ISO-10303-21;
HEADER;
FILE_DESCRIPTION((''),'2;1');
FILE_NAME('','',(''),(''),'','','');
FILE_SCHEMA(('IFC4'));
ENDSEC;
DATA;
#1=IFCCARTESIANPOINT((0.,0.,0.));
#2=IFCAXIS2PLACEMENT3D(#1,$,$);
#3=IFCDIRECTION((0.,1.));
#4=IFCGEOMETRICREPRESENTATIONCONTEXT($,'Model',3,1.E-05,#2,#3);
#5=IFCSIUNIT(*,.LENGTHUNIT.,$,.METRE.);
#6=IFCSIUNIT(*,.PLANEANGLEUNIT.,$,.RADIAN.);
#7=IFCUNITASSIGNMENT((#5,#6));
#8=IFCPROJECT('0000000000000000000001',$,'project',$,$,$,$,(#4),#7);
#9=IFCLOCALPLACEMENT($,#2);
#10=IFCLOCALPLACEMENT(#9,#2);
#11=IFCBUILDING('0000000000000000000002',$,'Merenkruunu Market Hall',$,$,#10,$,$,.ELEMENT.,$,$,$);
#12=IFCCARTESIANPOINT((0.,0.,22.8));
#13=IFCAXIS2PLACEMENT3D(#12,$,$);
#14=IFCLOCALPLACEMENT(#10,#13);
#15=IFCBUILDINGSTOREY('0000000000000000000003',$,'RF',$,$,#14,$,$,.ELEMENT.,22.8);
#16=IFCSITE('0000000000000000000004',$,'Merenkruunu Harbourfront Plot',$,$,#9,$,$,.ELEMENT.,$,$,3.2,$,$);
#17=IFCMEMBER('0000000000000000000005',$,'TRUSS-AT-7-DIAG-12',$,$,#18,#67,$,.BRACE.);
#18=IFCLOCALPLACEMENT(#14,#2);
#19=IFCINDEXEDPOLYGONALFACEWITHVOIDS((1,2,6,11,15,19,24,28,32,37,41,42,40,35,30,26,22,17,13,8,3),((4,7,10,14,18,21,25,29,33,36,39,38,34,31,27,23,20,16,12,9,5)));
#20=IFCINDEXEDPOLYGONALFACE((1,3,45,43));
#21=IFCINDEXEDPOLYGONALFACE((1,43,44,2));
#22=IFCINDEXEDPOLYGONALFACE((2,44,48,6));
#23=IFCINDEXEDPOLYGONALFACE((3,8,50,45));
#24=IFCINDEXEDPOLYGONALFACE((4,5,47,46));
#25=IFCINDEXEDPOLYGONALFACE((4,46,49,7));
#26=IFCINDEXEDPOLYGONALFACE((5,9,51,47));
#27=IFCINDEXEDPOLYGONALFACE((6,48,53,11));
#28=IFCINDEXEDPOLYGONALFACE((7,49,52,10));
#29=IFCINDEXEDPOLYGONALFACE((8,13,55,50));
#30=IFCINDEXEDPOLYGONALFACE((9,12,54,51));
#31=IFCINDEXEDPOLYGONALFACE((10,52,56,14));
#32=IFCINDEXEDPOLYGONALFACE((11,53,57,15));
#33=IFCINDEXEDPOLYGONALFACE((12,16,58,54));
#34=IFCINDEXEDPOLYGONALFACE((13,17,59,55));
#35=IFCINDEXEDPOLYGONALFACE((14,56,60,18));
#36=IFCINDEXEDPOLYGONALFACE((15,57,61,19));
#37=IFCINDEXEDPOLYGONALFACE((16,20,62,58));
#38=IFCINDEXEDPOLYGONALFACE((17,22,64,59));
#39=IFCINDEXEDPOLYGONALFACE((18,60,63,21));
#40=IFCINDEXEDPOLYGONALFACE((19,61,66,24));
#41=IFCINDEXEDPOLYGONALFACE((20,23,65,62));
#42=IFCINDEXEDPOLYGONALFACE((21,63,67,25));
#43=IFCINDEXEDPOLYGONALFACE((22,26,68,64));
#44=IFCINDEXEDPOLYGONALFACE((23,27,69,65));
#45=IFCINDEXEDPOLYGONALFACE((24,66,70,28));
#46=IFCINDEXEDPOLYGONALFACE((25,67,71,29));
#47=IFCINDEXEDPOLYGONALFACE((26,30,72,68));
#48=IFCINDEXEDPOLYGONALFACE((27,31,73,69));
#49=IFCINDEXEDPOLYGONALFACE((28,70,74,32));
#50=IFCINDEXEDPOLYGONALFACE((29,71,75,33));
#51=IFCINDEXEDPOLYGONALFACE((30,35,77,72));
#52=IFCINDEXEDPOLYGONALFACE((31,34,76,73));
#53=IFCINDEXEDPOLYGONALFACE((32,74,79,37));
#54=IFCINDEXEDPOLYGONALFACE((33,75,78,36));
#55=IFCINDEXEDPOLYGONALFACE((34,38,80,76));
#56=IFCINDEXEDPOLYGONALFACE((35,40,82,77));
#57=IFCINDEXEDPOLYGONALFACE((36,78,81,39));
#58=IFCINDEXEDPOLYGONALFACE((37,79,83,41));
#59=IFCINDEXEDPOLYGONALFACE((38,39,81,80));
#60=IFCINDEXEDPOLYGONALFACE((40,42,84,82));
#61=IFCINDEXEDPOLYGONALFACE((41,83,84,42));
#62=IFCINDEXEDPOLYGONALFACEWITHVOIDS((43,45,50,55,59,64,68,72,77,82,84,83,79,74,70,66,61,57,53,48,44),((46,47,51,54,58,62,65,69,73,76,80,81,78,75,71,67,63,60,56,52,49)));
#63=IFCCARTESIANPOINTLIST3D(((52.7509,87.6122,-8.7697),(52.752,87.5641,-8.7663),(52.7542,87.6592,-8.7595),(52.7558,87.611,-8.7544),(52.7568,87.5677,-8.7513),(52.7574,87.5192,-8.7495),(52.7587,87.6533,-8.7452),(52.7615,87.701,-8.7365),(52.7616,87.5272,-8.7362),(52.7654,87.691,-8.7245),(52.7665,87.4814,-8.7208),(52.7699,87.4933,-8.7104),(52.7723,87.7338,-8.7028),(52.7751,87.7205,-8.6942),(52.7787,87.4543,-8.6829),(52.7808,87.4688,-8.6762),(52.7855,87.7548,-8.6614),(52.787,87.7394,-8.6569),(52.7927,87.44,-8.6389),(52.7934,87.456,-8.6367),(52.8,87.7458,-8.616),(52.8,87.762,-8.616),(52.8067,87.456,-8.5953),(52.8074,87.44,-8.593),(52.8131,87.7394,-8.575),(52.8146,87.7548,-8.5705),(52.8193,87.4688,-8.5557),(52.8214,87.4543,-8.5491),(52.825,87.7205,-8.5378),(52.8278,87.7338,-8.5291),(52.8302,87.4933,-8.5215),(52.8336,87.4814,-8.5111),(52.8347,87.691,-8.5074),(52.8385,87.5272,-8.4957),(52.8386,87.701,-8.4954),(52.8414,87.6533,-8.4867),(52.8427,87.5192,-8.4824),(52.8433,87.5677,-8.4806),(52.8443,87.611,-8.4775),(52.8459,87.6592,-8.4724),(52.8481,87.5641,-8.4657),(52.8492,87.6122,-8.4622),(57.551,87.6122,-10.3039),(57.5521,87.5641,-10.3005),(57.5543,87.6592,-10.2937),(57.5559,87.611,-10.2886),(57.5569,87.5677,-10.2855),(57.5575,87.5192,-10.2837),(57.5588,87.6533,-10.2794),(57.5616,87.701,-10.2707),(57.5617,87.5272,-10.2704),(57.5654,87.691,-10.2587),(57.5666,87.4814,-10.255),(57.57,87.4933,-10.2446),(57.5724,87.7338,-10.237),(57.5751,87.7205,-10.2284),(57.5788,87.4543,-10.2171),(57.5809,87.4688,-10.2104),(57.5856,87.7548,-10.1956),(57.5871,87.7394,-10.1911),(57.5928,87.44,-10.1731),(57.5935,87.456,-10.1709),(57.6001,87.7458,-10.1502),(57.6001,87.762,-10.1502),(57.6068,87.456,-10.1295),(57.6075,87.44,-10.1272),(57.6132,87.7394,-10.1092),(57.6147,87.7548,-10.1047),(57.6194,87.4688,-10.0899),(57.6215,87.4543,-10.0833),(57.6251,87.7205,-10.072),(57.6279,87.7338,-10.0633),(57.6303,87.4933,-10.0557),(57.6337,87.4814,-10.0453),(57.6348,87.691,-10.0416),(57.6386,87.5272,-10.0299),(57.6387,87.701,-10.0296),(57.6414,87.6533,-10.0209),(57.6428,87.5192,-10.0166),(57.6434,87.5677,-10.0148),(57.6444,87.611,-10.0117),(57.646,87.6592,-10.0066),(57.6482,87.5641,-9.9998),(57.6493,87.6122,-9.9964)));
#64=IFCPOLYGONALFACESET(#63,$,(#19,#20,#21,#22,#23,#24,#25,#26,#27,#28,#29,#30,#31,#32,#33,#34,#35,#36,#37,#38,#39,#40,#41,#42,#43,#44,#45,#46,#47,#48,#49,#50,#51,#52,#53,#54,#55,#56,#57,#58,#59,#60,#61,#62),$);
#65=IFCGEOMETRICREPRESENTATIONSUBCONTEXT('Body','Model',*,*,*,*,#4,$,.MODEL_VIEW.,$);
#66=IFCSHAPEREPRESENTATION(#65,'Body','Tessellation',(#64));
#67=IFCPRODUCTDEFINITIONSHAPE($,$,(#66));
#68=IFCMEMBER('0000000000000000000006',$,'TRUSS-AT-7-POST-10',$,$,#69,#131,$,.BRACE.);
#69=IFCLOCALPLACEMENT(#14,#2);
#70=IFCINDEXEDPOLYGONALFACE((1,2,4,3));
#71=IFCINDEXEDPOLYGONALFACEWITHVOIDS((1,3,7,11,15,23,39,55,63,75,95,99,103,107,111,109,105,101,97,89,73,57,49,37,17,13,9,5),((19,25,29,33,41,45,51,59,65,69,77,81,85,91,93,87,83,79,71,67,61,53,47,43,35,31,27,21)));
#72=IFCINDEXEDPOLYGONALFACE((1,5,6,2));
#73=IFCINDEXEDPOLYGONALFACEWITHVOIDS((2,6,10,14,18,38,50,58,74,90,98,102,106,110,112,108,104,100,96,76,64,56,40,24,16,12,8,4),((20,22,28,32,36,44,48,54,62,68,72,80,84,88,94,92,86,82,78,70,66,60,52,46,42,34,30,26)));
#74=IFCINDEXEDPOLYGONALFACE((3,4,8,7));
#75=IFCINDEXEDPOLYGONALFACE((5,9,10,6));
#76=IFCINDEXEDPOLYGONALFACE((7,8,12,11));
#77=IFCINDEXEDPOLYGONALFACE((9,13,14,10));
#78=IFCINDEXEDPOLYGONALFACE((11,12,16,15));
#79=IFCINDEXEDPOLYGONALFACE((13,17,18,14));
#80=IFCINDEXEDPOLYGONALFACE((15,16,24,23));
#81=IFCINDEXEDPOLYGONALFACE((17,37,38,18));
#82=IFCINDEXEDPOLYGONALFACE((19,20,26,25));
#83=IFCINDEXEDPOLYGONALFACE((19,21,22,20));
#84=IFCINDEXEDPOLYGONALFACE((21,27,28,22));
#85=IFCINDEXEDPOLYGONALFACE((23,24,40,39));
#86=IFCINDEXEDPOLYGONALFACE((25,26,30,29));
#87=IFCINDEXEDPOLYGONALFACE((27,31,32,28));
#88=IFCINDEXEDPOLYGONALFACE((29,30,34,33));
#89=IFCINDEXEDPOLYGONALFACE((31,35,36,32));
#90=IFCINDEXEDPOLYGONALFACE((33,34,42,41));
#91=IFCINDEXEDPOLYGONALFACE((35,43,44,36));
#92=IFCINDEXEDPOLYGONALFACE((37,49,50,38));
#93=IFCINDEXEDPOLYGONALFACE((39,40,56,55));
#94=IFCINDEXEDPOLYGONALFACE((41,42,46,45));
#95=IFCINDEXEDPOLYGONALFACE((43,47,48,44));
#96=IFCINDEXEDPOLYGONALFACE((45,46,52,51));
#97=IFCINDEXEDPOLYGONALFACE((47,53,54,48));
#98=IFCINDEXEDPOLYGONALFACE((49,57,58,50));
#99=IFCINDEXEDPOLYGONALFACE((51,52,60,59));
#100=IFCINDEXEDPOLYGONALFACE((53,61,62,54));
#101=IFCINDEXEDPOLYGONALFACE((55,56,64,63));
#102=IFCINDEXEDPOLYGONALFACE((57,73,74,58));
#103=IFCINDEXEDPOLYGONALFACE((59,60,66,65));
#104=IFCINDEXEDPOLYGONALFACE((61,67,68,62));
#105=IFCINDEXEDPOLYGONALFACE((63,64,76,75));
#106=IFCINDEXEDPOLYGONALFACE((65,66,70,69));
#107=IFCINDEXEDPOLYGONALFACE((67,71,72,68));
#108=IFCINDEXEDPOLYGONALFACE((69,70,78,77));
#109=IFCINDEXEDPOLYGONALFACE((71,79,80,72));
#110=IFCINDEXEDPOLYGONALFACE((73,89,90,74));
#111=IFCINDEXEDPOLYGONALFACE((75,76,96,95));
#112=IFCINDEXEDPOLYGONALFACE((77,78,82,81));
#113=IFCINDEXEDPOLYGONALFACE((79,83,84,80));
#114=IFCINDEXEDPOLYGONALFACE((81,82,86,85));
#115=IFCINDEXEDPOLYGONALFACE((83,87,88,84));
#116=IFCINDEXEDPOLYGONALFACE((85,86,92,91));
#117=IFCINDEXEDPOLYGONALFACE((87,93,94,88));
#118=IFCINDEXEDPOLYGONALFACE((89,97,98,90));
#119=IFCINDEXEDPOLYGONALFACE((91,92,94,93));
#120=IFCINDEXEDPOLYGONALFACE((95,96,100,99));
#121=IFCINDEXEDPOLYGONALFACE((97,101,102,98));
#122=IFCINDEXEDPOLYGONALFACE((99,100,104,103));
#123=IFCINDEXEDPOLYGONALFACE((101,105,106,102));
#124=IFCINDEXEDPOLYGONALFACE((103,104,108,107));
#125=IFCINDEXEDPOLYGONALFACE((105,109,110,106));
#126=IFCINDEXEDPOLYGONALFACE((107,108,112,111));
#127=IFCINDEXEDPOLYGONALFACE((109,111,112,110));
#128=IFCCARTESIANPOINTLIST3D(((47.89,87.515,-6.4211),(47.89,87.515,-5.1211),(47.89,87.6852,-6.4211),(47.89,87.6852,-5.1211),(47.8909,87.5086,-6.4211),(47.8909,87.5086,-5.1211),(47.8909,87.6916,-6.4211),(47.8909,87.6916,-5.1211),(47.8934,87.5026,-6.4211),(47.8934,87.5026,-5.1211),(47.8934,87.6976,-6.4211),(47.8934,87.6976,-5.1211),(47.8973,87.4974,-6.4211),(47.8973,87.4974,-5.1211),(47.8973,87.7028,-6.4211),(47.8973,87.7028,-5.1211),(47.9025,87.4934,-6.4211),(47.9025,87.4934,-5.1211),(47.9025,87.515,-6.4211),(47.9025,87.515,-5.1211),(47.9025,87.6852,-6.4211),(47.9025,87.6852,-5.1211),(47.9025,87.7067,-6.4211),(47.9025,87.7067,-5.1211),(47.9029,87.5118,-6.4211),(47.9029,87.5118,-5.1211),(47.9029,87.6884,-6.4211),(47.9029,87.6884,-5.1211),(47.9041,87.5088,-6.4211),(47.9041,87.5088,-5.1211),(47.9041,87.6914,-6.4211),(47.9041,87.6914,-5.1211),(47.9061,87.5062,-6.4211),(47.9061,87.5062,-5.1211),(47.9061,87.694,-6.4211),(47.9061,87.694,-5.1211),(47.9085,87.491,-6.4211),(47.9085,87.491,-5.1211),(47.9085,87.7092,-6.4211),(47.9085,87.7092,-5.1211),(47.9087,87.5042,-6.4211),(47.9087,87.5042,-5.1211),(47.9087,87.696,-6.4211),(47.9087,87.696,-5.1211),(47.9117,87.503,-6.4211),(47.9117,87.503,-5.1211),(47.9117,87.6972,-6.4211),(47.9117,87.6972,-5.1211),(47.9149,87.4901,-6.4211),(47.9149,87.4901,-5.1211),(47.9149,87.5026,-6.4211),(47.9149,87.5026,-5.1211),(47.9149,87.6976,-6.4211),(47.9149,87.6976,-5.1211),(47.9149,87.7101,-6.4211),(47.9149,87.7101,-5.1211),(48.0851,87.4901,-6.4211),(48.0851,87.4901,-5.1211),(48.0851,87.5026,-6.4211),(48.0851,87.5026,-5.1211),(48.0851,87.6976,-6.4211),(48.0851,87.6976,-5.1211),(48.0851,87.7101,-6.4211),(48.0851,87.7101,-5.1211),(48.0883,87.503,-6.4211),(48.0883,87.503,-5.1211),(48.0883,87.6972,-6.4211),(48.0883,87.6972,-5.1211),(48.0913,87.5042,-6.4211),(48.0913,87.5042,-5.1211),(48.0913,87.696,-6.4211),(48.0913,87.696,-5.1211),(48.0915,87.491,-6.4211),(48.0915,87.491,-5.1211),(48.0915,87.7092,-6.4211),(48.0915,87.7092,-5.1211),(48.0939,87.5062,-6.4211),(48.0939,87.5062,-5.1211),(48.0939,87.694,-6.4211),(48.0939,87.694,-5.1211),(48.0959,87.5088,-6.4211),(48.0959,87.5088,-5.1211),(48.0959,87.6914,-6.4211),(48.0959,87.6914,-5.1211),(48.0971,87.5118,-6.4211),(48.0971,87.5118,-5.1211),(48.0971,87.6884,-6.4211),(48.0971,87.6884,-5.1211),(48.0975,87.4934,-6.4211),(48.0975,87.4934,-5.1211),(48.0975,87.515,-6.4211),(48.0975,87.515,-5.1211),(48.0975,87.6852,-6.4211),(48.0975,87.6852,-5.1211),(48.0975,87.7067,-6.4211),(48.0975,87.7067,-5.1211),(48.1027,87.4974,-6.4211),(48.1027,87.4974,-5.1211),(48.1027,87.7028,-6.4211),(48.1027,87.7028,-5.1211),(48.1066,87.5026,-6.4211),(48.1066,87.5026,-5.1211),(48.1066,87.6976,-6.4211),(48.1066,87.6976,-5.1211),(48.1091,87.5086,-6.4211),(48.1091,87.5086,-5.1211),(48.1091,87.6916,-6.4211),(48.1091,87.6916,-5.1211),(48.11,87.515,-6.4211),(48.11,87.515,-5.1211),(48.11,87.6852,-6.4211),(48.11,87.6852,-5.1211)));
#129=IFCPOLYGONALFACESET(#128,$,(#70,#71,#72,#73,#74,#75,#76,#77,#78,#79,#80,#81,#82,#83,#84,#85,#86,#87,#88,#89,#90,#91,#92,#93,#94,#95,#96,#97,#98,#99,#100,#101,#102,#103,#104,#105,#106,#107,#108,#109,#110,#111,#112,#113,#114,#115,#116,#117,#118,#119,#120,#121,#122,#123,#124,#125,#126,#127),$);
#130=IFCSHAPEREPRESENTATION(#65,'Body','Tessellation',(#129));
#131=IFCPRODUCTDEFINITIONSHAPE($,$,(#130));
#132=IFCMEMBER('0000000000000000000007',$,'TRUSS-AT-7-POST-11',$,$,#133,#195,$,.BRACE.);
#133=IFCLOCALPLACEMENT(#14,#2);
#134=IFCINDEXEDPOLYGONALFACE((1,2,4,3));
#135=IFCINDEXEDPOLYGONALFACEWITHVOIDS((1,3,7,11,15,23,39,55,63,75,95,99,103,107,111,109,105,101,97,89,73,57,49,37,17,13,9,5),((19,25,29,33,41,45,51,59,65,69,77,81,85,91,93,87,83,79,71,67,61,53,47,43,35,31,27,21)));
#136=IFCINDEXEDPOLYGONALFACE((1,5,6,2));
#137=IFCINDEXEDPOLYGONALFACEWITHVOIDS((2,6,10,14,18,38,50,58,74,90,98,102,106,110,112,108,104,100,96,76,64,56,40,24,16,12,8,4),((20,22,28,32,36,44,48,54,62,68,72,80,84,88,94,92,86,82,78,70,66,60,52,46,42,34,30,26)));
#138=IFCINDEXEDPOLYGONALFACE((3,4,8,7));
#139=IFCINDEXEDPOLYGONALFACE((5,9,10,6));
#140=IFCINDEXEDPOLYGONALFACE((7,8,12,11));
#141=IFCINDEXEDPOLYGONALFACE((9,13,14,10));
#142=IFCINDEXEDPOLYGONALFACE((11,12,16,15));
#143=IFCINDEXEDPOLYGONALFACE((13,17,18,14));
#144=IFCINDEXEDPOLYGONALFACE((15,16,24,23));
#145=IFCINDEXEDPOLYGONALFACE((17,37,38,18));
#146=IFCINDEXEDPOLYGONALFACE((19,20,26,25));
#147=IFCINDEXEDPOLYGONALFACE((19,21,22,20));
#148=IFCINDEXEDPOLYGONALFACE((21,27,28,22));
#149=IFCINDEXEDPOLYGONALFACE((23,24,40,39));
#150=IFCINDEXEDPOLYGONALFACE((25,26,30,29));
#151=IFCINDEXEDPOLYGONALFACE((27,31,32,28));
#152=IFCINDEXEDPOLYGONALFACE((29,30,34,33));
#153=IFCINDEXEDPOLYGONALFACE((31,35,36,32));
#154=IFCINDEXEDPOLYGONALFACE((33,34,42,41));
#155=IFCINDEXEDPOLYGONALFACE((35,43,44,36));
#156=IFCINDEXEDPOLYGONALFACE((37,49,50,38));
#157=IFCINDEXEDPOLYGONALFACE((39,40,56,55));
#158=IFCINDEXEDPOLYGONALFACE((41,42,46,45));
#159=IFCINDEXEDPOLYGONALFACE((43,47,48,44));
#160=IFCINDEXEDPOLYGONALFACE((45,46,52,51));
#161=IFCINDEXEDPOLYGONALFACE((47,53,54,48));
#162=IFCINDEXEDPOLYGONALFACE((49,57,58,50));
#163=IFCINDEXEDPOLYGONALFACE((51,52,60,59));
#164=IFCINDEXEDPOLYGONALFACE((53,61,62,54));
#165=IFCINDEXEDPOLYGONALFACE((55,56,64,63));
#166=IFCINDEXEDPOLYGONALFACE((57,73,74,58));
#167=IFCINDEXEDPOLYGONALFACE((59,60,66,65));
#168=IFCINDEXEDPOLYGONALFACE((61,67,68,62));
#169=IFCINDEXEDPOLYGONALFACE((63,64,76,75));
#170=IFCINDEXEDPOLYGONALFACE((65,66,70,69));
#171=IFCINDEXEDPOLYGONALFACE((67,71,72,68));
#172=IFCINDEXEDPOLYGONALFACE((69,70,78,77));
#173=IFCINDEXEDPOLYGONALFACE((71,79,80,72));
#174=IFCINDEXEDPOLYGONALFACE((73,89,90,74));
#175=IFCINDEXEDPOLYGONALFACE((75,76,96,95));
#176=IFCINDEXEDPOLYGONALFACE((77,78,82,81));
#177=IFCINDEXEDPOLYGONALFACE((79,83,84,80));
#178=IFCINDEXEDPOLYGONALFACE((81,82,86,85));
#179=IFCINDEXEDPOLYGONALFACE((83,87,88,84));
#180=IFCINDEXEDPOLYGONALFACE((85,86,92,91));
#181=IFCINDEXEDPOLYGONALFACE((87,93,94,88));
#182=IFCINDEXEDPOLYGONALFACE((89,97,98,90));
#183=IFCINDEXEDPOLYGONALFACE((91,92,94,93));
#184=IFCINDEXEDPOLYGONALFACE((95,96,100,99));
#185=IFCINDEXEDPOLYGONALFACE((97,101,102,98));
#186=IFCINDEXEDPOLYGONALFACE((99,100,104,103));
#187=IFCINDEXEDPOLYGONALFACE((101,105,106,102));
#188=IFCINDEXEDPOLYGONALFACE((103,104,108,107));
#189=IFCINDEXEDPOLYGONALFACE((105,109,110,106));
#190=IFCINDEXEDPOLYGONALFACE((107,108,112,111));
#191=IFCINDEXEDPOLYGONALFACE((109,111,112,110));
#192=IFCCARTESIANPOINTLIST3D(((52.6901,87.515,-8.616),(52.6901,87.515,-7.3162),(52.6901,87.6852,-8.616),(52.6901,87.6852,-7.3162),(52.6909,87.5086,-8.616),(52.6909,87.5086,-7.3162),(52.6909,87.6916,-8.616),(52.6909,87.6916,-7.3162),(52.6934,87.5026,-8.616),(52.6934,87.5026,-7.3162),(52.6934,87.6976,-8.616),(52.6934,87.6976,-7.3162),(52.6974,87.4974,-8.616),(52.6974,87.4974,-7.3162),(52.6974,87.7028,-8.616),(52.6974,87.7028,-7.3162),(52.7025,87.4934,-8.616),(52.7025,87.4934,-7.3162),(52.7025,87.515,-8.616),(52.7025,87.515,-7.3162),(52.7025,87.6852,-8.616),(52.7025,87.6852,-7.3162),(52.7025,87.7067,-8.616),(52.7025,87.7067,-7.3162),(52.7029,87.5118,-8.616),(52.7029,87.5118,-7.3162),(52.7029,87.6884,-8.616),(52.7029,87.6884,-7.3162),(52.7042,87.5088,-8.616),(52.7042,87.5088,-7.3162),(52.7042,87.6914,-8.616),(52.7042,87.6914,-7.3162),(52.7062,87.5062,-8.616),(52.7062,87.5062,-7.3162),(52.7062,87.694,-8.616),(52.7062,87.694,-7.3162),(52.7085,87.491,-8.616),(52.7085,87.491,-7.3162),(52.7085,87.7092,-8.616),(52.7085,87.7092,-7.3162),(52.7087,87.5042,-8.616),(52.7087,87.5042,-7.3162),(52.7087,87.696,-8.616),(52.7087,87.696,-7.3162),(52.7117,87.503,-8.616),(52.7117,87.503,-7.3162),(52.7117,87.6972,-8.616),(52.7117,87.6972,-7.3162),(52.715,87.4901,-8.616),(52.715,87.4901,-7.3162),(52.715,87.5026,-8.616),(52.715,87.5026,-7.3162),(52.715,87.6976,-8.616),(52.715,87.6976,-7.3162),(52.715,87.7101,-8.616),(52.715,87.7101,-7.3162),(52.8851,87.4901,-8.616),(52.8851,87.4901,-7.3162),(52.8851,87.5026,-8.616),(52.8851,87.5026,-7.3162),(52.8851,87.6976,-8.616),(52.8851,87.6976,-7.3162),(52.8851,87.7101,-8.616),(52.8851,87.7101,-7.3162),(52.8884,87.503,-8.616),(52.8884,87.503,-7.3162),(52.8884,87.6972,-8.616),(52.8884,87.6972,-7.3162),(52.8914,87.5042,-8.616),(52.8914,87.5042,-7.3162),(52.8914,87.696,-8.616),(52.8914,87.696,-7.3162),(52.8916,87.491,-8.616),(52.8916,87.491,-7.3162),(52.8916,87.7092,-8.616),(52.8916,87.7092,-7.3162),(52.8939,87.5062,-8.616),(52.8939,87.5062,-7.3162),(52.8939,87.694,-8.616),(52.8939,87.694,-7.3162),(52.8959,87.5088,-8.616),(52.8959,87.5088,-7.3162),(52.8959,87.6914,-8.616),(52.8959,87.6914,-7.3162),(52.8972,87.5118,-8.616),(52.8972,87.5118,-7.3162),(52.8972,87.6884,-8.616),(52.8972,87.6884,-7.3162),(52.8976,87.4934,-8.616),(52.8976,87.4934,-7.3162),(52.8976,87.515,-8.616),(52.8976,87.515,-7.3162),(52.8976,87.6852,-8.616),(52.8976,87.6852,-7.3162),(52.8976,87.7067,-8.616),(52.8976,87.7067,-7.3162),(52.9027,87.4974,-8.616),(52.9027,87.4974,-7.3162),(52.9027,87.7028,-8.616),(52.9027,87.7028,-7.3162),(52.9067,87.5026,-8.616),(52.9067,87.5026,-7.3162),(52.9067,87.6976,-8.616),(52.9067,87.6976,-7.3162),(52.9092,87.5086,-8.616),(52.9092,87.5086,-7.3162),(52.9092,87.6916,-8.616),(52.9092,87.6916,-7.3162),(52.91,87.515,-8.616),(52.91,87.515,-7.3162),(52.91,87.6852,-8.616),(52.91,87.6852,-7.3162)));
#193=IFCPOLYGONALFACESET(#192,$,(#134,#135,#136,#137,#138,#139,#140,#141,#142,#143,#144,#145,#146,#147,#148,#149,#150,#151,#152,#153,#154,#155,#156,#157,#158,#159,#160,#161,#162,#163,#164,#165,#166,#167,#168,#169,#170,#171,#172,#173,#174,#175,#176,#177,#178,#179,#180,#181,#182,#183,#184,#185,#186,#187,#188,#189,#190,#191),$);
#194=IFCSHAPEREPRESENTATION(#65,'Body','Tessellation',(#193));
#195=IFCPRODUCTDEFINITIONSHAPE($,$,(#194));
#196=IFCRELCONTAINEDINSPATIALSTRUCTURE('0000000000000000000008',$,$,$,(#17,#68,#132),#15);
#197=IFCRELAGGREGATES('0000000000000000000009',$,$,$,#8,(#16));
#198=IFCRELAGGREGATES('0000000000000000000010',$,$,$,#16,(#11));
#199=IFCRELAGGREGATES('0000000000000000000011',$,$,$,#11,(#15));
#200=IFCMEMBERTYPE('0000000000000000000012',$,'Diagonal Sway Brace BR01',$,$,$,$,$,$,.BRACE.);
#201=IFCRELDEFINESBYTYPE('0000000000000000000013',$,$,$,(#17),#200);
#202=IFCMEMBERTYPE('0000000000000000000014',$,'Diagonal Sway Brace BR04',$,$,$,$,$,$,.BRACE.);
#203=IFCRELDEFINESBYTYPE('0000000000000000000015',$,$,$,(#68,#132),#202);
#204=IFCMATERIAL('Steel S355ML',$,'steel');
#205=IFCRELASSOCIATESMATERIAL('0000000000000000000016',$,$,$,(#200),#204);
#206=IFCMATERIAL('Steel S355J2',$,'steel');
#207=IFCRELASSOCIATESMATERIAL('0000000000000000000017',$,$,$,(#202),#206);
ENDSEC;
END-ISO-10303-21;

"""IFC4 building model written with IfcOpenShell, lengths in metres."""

from ifc_helpers import new_model, si_unit, direction, frame, origin, origin_2d, place, context, subcontext, project, spatial, hollow_rectangle, hollow_circle, extrude, material, material_profile, profile_set, type_object, element, save


model = new_model("IFC4")

# Units and contexts
model_context = context("Model", 3, precision=1e-05, world=origin(), true_north=direction((0.0, 1.0)))
body_context = subcontext(model_context, "Body", "Model", "MODEL_VIEW")
ifc_project = project(units=[si_unit("LENGTHUNIT", "METRE"), si_unit("PLANEANGLEUNIT", "RADIAN")], contexts=[model_context])

# Site, building, storey
site_placement = place(None, origin())
site = spatial("IfcSite", under=ifc_project, at=site_placement, Name="Merenkruunu Harbourfront Plot", CompositionType="ELEMENT", RefElevation=3.2)
building_placement = place(site_placement, origin())
building = spatial("IfcBuilding", under=site, at=building_placement, Name="Merenkruunu Market Hall", CompositionType="ELEMENT")
storey_placement = place(building_placement, frame((0.0, 0.0, 22.8)))
storey = spatial("IfcBuildingStorey", under=building, at=storey_placement, Name="RF", CompositionType="ELEMENT", Elevation=22.8)

# Shared definitions
ifc_material_1 = material(Name="Steel S355ML", Category="steel")

# Members
ifc_material_profile_1 = material_profile(ifc_material_1, hollow_circle(Radius=0.1619, WallThickness=0.0161, at=origin_2d()), Name="CHS 323.9x16")
ifc_profile_set_1 = profile_set([ifc_material_profile_1], Name="Steel S355ML")
member_type_1 = type_object("IfcMemberType", Name="Diagonal Sway Brace BR01", PredefinedType="BRACE", material=ifc_profile_set_1)
member_1_placement = place(storey_placement, frame((52.8, 87.6001, -8.616), z_axis=(0.95253, 0.0, -0.304445), x_axis=(0.0, 1.0, 0.0)))
element("IfcMember", 1, at=member_1_placement, inside=storey, type_object=member_type_1, Name="TRUSS-AT-7-DIAG-12", PredefinedType="BRACE", context=body_context, shape_type="SweptSolid", body=[
    extrude(hollow_circle(Radius=0.1619, WallThickness=0.0161, at=origin_2d()), origin(), (0.0, 0.0, 1.0), 5.0393),
])
ifc_material_2 = material(Name="Steel S355J2", Category="steel")
ifc_material_profile_2 = material_profile(ifc_material_2, hollow_rectangle(XDim=0.22, YDim=0.22, WallThickness=0.0125, InnerFilletRadius=0.0125, OuterFilletRadius=0.0249, at=origin_2d()), Name="SHS 220x220x12.5")
ifc_profile_set_2 = profile_set([ifc_material_profile_2], Name="Steel S355J2")
member_type_2 = type_object("IfcMemberType", Name="Diagonal Sway Brace BR04", PredefinedType="BRACE", material=ifc_profile_set_2)
member_2_placement = place(storey_placement, frame((48.0, 87.6001, -6.4211), z_axis=(0.0, 0.0, 1.0), x_axis=(1.0, 0.0, 0.0)))
element("IfcMember", 2, at=member_2_placement, inside=storey, type_object=member_type_2, Name="TRUSS-AT-7-POST-10", PredefinedType="BRACE", context=body_context, shape_type="SweptSolid", body=[
    extrude(hollow_rectangle(XDim=0.22, YDim=0.22, WallThickness=0.0125, InnerFilletRadius=0.0125, OuterFilletRadius=0.0249, at=origin_2d()), origin(), (0.0, 0.0, 1.0), 1.3),
])
member_3_placement = place(storey_placement, frame((52.8, 87.6001, -8.616), z_axis=(0.0, 0.0, 1.0), x_axis=(1.0, 0.0, 0.0)))
element("IfcMember", 3, at=member_3_placement, inside=storey, type_object=member_type_2, Name="TRUSS-AT-7-POST-11", PredefinedType="BRACE", context=body_context, shape_type="SweptSolid", body=[
    extrude(hollow_rectangle(XDim=0.22, YDim=0.22, WallThickness=0.0125, InnerFilletRadius=0.0125, OuterFilletRadius=0.0249, at=origin_2d()), origin(), (0.0, 0.0, 1.0), 1.2998),
])

save(model, "model.ifc")
